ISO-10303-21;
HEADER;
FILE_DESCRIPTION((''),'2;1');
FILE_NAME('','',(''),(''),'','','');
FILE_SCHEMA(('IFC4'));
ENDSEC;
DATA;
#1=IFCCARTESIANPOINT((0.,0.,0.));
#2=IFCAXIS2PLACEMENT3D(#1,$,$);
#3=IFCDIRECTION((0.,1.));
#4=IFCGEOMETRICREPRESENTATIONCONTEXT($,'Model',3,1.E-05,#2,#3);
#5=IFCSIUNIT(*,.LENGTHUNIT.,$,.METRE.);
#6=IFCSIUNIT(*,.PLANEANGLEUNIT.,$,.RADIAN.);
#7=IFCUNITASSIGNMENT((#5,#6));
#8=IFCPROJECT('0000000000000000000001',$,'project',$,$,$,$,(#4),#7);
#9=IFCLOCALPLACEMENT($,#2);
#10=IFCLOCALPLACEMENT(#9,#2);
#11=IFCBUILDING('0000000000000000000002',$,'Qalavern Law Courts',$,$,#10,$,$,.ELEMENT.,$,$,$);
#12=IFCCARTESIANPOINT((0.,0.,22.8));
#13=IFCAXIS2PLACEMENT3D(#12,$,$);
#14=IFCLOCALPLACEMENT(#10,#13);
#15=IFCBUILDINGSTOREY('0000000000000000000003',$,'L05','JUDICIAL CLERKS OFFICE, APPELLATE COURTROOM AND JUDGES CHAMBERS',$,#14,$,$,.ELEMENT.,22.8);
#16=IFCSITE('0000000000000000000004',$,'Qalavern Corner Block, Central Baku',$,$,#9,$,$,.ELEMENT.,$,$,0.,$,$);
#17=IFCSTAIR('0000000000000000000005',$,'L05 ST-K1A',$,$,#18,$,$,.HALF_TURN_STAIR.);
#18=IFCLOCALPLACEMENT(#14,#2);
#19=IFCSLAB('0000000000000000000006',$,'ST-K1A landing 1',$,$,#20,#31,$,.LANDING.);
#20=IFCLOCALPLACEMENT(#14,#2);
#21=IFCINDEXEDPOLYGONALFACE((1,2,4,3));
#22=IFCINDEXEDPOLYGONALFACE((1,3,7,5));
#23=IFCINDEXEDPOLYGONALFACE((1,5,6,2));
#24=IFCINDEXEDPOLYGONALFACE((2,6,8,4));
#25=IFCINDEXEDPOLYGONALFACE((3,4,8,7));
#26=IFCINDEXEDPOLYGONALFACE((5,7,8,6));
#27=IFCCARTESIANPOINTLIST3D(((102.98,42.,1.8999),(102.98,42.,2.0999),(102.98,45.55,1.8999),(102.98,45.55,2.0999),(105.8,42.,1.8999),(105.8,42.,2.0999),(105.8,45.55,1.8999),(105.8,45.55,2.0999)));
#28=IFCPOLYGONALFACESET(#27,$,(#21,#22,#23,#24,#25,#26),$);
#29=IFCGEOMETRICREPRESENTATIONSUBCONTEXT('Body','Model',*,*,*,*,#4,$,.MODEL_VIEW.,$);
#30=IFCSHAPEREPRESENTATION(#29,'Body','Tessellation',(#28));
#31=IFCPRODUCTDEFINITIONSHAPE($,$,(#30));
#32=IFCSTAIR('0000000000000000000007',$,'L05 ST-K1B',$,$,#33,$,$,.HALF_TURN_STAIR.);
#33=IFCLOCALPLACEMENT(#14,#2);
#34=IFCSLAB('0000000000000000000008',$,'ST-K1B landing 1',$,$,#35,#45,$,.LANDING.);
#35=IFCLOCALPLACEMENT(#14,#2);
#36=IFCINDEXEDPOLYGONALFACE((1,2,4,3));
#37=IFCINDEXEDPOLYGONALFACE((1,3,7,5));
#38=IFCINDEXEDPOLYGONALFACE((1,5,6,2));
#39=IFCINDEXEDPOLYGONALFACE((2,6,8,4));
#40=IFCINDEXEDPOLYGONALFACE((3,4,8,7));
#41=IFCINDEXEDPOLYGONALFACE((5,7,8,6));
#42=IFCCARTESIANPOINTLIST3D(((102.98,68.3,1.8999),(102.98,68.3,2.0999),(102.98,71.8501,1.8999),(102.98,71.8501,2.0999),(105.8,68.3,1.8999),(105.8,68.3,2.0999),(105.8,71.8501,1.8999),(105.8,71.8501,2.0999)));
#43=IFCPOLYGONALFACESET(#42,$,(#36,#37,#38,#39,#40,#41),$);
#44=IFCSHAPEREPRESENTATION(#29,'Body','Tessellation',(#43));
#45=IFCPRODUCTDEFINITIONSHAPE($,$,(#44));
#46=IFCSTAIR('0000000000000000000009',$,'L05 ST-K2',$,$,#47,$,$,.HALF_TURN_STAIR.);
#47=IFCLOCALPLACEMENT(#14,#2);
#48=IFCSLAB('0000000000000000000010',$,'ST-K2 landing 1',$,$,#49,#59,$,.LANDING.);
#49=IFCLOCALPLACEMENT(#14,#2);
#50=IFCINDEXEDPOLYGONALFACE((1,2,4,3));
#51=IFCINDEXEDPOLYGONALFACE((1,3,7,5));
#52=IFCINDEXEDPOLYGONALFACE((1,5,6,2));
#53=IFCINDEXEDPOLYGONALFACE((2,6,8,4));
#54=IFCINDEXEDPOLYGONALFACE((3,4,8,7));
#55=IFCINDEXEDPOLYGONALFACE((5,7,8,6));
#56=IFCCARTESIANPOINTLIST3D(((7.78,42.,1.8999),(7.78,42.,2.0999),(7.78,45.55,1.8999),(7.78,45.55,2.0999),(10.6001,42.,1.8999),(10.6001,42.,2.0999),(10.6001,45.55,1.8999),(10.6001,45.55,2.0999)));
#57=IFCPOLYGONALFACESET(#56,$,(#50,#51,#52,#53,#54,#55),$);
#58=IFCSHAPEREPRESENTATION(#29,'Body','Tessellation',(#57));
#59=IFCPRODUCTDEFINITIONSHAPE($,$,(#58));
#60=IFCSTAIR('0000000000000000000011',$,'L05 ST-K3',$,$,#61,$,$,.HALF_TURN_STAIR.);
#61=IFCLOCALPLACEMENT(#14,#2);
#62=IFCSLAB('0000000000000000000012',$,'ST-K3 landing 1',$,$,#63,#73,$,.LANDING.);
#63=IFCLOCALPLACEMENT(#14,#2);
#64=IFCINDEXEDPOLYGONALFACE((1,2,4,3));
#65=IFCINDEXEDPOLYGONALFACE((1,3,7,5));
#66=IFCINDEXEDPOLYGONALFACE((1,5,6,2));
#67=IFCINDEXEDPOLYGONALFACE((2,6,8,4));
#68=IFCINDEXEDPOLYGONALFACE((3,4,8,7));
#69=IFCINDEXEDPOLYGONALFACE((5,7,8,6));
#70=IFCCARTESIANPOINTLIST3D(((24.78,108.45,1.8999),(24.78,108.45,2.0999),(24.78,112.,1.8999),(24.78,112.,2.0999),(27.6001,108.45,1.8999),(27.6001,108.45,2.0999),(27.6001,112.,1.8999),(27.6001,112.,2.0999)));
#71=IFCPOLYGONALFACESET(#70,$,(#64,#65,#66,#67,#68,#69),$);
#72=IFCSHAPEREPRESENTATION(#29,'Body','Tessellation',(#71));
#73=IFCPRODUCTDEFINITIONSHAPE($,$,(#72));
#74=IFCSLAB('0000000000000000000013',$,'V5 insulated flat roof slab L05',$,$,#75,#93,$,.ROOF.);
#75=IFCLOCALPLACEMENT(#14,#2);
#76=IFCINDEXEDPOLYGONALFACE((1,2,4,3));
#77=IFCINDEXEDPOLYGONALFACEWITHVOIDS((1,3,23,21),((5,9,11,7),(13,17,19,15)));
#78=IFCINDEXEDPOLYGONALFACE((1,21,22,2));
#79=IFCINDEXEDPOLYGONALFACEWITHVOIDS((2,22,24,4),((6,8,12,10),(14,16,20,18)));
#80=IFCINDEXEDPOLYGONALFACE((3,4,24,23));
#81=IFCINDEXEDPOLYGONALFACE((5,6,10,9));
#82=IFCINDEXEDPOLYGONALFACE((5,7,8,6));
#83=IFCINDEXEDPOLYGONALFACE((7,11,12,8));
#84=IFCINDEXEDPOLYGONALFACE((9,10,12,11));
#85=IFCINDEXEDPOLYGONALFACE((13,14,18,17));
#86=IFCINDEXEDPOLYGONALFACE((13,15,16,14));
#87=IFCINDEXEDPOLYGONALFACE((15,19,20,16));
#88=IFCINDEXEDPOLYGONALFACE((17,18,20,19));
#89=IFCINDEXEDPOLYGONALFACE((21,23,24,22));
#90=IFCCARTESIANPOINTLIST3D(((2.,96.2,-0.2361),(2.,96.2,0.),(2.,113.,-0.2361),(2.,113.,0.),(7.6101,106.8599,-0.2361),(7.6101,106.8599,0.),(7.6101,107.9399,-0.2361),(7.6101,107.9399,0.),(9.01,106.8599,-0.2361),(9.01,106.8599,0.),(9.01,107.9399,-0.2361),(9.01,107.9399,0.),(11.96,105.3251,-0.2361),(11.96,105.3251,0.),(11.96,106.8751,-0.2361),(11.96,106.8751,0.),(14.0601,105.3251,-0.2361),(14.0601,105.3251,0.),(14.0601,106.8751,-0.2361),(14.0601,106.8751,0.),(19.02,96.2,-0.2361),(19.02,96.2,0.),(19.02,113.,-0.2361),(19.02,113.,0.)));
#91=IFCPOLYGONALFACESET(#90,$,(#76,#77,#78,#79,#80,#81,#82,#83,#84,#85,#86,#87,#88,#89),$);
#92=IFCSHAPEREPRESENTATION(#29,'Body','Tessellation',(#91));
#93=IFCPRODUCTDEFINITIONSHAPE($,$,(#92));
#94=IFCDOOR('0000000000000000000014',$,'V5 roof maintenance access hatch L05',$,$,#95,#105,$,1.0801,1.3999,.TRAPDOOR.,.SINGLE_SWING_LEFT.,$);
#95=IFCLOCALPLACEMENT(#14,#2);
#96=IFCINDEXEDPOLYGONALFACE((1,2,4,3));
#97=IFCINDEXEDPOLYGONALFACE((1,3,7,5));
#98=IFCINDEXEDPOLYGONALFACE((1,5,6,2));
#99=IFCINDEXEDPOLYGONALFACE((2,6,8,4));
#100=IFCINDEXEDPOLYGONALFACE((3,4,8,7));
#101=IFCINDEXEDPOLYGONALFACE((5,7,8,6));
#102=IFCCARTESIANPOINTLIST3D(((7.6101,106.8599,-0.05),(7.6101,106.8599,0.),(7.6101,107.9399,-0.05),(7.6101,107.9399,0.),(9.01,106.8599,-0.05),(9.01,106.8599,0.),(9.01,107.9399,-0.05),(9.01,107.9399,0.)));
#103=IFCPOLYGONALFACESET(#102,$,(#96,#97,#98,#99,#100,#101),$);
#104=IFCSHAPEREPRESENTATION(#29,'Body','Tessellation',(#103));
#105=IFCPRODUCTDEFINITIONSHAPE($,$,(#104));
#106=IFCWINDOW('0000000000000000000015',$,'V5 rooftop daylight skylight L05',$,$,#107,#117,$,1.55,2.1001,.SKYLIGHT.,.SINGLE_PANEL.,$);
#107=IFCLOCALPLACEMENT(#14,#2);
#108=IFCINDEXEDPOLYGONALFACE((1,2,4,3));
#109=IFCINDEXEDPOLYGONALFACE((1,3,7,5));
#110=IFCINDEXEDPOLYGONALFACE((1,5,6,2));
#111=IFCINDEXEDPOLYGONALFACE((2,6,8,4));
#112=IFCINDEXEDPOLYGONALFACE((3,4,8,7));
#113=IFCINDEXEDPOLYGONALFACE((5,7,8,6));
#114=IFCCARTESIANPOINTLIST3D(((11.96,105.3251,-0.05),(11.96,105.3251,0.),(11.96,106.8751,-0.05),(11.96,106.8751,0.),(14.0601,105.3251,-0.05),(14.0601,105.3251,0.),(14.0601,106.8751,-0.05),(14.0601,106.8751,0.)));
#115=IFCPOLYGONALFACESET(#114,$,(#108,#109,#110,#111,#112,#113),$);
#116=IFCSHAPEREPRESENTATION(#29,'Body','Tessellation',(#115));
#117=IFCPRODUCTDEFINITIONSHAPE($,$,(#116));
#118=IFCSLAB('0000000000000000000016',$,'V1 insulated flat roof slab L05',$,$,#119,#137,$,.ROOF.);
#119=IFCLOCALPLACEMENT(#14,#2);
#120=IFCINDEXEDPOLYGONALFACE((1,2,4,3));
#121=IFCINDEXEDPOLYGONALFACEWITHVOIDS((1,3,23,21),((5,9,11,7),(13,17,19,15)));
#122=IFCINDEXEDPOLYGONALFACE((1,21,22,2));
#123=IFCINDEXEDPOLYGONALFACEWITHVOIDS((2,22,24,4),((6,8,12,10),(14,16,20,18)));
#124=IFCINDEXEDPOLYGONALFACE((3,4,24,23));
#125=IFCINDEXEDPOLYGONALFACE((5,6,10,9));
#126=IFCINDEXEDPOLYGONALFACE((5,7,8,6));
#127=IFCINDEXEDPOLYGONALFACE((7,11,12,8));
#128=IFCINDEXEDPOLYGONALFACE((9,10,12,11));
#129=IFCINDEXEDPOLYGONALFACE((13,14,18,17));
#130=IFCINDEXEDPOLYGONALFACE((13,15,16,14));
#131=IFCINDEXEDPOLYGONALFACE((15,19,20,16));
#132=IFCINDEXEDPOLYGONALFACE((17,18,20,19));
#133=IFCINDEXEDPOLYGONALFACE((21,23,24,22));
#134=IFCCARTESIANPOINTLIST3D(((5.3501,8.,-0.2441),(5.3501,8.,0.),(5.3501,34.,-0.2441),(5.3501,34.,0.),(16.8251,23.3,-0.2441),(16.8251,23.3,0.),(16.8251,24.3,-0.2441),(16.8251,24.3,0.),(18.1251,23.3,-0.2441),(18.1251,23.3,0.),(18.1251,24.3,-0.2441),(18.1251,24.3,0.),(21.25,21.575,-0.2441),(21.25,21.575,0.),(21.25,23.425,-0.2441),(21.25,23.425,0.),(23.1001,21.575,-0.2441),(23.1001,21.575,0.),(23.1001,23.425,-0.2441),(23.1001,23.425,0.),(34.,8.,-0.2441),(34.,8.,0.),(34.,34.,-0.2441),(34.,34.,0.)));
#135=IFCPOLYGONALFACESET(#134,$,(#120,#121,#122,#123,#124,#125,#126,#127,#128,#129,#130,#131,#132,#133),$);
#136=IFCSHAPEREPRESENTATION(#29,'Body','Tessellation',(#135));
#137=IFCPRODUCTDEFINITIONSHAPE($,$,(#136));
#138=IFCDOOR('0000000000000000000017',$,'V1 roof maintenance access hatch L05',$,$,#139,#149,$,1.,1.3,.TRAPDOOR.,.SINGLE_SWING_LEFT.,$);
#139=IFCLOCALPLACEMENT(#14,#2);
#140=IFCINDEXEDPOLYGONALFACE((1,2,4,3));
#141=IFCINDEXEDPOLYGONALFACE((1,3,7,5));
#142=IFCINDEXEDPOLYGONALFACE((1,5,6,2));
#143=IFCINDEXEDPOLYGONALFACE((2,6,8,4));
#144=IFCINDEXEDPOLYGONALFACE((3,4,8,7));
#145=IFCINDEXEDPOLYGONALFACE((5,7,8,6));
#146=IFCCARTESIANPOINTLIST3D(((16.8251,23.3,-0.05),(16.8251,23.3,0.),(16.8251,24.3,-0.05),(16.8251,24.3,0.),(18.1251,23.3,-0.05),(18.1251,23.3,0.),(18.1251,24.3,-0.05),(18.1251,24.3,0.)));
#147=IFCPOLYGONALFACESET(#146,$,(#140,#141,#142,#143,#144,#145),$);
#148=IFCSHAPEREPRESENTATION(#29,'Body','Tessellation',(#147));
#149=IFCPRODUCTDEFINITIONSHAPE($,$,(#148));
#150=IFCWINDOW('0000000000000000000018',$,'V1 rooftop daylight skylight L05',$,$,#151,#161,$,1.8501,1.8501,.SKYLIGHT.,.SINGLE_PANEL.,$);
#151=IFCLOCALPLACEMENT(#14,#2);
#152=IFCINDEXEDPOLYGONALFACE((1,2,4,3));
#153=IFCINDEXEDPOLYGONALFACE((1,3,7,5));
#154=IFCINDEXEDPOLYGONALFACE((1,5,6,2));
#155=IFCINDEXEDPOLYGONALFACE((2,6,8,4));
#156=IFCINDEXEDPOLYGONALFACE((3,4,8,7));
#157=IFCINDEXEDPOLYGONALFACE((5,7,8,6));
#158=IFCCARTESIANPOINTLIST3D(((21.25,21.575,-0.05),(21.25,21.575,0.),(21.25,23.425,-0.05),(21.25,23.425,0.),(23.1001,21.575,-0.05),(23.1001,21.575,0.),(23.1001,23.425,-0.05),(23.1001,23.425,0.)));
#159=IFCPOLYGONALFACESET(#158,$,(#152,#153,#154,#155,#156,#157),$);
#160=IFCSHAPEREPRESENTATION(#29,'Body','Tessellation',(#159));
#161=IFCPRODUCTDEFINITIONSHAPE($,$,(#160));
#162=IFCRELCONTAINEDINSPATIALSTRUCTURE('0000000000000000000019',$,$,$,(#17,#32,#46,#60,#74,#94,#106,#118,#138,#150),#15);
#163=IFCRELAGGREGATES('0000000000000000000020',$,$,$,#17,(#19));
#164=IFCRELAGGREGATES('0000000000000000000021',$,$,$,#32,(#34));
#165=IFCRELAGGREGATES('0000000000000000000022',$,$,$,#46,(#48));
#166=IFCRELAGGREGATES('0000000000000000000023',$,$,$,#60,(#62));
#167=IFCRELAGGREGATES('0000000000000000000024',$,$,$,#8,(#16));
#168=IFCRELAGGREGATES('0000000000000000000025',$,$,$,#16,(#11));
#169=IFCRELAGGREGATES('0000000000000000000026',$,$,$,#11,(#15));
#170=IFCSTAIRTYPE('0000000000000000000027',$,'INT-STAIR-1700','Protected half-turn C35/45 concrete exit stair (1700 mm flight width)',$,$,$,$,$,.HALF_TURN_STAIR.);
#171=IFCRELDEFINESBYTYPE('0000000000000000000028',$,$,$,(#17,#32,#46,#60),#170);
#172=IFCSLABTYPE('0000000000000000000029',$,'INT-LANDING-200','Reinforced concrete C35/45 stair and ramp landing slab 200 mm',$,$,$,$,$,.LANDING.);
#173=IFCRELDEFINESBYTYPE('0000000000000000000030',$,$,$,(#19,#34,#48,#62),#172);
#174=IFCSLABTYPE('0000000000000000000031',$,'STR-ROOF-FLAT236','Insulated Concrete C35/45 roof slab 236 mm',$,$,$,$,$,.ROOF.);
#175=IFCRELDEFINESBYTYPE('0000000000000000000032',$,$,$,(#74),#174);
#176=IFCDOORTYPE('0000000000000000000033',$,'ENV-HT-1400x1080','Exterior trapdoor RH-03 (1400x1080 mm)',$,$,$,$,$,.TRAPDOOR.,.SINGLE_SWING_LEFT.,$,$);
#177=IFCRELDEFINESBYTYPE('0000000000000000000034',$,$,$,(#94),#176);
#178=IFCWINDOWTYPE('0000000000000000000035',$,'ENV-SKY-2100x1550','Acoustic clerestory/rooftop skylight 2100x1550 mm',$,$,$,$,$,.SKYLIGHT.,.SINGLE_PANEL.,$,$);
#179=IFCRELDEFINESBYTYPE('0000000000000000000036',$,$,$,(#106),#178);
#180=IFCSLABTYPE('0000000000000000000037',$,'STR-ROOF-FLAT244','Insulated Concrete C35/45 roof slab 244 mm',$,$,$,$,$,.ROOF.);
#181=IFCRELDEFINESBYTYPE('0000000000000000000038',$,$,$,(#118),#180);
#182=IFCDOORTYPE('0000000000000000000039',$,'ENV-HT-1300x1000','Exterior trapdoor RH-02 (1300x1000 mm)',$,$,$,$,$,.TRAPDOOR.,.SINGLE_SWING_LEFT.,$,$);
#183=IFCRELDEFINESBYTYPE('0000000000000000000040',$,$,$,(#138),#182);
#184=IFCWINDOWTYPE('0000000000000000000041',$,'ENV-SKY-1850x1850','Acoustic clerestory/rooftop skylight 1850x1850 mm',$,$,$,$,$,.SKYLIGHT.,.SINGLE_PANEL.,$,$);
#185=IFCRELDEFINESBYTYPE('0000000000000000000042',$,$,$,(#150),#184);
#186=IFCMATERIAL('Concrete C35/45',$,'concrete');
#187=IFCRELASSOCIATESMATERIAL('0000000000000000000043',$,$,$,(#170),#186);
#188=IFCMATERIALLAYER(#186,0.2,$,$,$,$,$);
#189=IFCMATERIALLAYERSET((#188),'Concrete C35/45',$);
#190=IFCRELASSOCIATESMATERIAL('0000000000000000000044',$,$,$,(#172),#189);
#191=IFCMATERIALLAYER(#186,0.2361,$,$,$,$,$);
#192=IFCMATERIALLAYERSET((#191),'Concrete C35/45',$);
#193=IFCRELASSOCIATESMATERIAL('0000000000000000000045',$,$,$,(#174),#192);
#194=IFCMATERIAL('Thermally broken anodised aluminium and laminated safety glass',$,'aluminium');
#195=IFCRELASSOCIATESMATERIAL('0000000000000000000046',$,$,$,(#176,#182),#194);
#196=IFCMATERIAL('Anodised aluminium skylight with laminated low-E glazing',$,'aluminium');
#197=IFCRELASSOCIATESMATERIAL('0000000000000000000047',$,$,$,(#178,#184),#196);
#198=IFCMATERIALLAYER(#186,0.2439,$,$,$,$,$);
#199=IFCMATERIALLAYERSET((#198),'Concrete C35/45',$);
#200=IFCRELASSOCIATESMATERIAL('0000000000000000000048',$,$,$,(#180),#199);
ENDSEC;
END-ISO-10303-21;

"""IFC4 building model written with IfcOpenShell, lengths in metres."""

from ifc_helpers import new_model, si_unit, direction, frame, origin, origin_2d, place, context, subcontext, project, spatial, polyline, rectangle, outline, extrude, material, layer, layer_set, type_object, element, fill, aggregate, save


model = new_model("IFC4")

# Units and contexts
model_context = context("Model", 3, precision=1e-05, world=origin(), true_north=direction((0.0, 1.0)))
body_context = subcontext(model_context, "Body", "Model", "MODEL_VIEW")
ifc_project = project(units=[si_unit("LENGTHUNIT", "METRE"), si_unit("PLANEANGLEUNIT", "RADIAN")], contexts=[model_context])

# Site, building, storey
site_placement = place(None, origin())
site = spatial("IfcSite", under=ifc_project, at=site_placement, Name="Qalavern Corner Block, Central Baku", CompositionType="ELEMENT", RefElevation=0.0)
building_placement = place(site_placement, origin())
building = spatial("IfcBuilding", under=site, at=building_placement, Name="Qalavern Law Courts", CompositionType="ELEMENT")
storey_placement = place(building_placement, frame((0.0, 0.0, 22.8)))
storey = spatial("IfcBuildingStorey", under=building, at=storey_placement, Name="L05", Description="JUDICIAL CLERKS OFFICE, APPELLATE COURTROOM AND JUDGES CHAMBERS", CompositionType="ELEMENT", Elevation=22.8)

# Stairs, slabs
ifc_material_1 = material(Name="Concrete C35/45", Category="concrete")
stair_type = type_object("IfcStairType", Name="INT-STAIR-1700", Description="Protected half-turn C35/45 concrete exit stair (1700 mm flight width)", PredefinedType="HALF_TURN_STAIR", material=ifc_material_1)
stair_1_placement = place(storey_placement, origin())
stair_1 = element("IfcStair", 1, at=stair_1_placement, inside=storey, type_object=stair_type, Name="L05 ST-K1A", PredefinedType="HALF_TURN_STAIR")
ifc_layer_1 = layer(ifc_material_1, 0.2)
ifc_layer_set_1 = layer_set([ifc_layer_1], Name="Concrete C35/45")
slab_type_1 = type_object("IfcSlabType", Name="INT-LANDING-200", Description="Reinforced concrete C35/45 stair and ramp landing slab 200 mm", PredefinedType="LANDING", material=ifc_layer_set_1)
slab_1_placement = place(storey_placement, frame((0.0, 0.0, 1.8999)))
slab_1 = element("IfcSlab", 2, at=slab_1_placement, type_object=slab_type_1, Name="ST-K1A landing 1", PredefinedType="LANDING", context=body_context, shape_type="SweptSolid", body=[
    extrude(outline(polyline([(102.98, 42.0), (105.8, 42.0), (105.8, 45.55), (102.98, 45.55), (102.98, 42.0)])), origin(), (0.0, 0.0, 1.0), 0.2),
])
aggregate(stair_1, [slab_1])
stair_2_placement = place(storey_placement, origin())
stair_2 = element("IfcStair", 3, at=stair_2_placement, inside=storey, type_object=stair_type, Name="L05 ST-K1B", PredefinedType="HALF_TURN_STAIR")
slab_2_placement = place(storey_placement, frame((0.0, 0.0, 1.8999)))
slab_2 = element("IfcSlab", 4, at=slab_2_placement, type_object=slab_type_1, Name="ST-K1B landing 1", PredefinedType="LANDING", context=body_context, shape_type="SweptSolid", body=[
    extrude(outline(polyline([(102.98, 68.3), (105.8, 68.3), (105.8, 71.8501), (102.98, 71.8501), (102.98, 68.3)])), origin(), (0.0, 0.0, 1.0), 0.2),
])
aggregate(stair_2, [slab_2])
stair_3_placement = place(storey_placement, origin())
stair_3 = element("IfcStair", 5, at=stair_3_placement, inside=storey, type_object=stair_type, Name="L05 ST-K2", PredefinedType="HALF_TURN_STAIR")
slab_3_placement = place(storey_placement, frame((0.0, 0.0, 1.8999)))
slab_3 = element("IfcSlab", 6, at=slab_3_placement, type_object=slab_type_1, Name="ST-K2 landing 1", PredefinedType="LANDING", context=body_context, shape_type="SweptSolid", body=[
    extrude(outline(polyline([(7.78, 42.0), (10.6001, 42.0), (10.6001, 45.55), (7.78, 45.55), (7.78, 42.0)])), origin(), (0.0, 0.0, 1.0), 0.2),
])
aggregate(stair_3, [slab_3])
stair_4_placement = place(storey_placement, origin())
stair_4 = element("IfcStair", 7, at=stair_4_placement, inside=storey, type_object=stair_type, Name="L05 ST-K3", PredefinedType="HALF_TURN_STAIR")
slab_4_placement = place(storey_placement, frame((0.0, 0.0, 1.8999)))
slab_4 = element("IfcSlab", 8, at=slab_4_placement, type_object=slab_type_1, Name="ST-K3 landing 1", PredefinedType="LANDING", context=body_context, shape_type="SweptSolid", body=[
    extrude(outline(polyline([(24.78, 108.45), (27.6001, 108.45), (27.6001, 112.0), (24.78, 112.0), (24.78, 108.45)])), origin(), (0.0, 0.0, 1.0), 0.2),
])
aggregate(stair_4, [slab_4])

# Slabs, openings, doors, windows
ifc_layer_2 = layer(ifc_material_1, 0.2361)
ifc_layer_set_2 = layer_set([ifc_layer_2], Name="Concrete C35/45")
slab_type_2 = type_object("IfcSlabType", Name="STR-ROOF-FLAT236", Description="Insulated Concrete C35/45 roof slab 236 mm", PredefinedType="ROOF", material=ifc_layer_set_2)
slab_5_placement = place(storey_placement, frame((0.0, 0.0, -0.2361)))
slab_5 = element("IfcSlab", 9, at=slab_5_placement, inside=storey, type_object=slab_type_2, Name="V5 insulated flat roof slab L05", PredefinedType="ROOF", context=body_context, shape_type="SweptSolid", body=[
    extrude(outline(polyline([(2.0, 96.2), (19.02, 96.2), (19.02, 113.0), (2.0, 113.0), (2.0, 96.2)])), origin(), (0.0, 0.0, 1.0), 0.2361),
])
opening_1_placement = place(slab_5_placement, frame((8.3101, 107.3999, 0.0)))
opening_1 = element("IfcOpeningElement", 10, at=opening_1_placement, cuts=slab_5, PredefinedType="OPENING", context=body_context, shape_type="SweptSolid", body=[
    extrude(rectangle(XDim=1.3999, YDim=1.0801, at=origin_2d()), frame((0.0, 0.0, -0.0149)), (0.0, 0.0, 1.0), 0.2659),
])
opening_2_placement = place(slab_5_placement, frame((13.01, 106.1001, 0.0)))
opening_2 = element("IfcOpeningElement", 11, at=opening_2_placement, cuts=slab_5, PredefinedType="OPENING", context=body_context, shape_type="SweptSolid", body=[
    extrude(rectangle(XDim=2.1001, YDim=1.55, at=origin_2d()), frame((0.0, 0.0, -0.0149)), (0.0, 0.0, 1.0), 0.2659),
])
ifc_material_2 = material(Name="Thermally broken anodised aluminium and laminated safety glass", Category="aluminium")
door_type_1 = type_object("IfcDoorType", Name="ENV-HT-1400x1080", Description="Exterior trapdoor RH-03 (1400x1080 mm)", OperationType="SINGLE_SWING_LEFT", PredefinedType="TRAPDOOR", material=ifc_material_2)
door_1_placement = place(opening_1_placement, frame((0.0, 0.0, 0.186)))
door_1 = element("IfcDoor", 12, at=door_1_placement, inside=storey, type_object=door_type_1, Name="V5 roof maintenance access hatch L05", OperationType="SINGLE_SWING_LEFT", OverallHeight=1.0801, OverallWidth=1.3999, PredefinedType="TRAPDOOR", context=body_context, shape_type="SweptSolid", body=[
    extrude(rectangle(XDim=1.3999, YDim=1.0801, at=origin_2d()), origin(), (0.0, 0.0, 1.0), 0.05),
])
fill(opening_1, door_1)
ifc_material_3 = material(Name="Anodised aluminium skylight with laminated low-E glazing", Category="aluminium")
window_type_1 = type_object("IfcWindowType", Name="ENV-SKY-2100x1550", Description="Acoustic clerestory/rooftop skylight 2100x1550 mm", PartitioningType="SINGLE_PANEL", PredefinedType="SKYLIGHT", material=ifc_material_3)
window_1_placement = place(opening_2_placement, frame((0.0, 0.0, 0.186)))
window_1 = element("IfcWindow", 13, at=window_1_placement, inside=storey, type_object=window_type_1, Name="V5 rooftop daylight skylight L05", OverallHeight=1.55, OverallWidth=2.1001, PartitioningType="SINGLE_PANEL", PredefinedType="SKYLIGHT", context=body_context, shape_type="SweptSolid", body=[
    extrude(rectangle(XDim=2.1001, YDim=1.55, at=origin_2d()), origin(), (0.0, 0.0, 1.0), 0.05),
])
fill(opening_2, window_1)
ifc_layer_3 = layer(ifc_material_1, 0.2439)
ifc_layer_set_3 = layer_set([ifc_layer_3], Name="Concrete C35/45")
slab_type_3 = type_object("IfcSlabType", Name="STR-ROOF-FLAT244", Description="Insulated Concrete C35/45 roof slab 244 mm", PredefinedType="ROOF", material=ifc_layer_set_3)
slab_6_placement = place(storey_placement, frame((0.0, 0.0, -0.2441)))
slab_6 = element("IfcSlab", 14, at=slab_6_placement, inside=storey, type_object=slab_type_3, Name="V1 insulated flat roof slab L05", PredefinedType="ROOF", context=body_context, shape_type="SweptSolid", body=[
    extrude(outline(polyline([(5.3501, 8.0), (34.0, 8.0), (34.0, 34.0), (5.3501, 34.0), (5.3501, 8.0)])), origin(), (0.0, 0.0, 1.0), 0.2441),
])
opening_3_placement = place(slab_6_placement, frame((17.4751, 23.8, 0.0)))
opening_3 = element("IfcOpeningElement", 15, at=opening_3_placement, cuts=slab_6, PredefinedType="OPENING", context=body_context, shape_type="SweptSolid", body=[
    extrude(rectangle(XDim=1.3, YDim=1.0, at=origin_2d()), frame((0.0, 0.0, -0.0149)), (0.0, 0.0, 1.0), 0.2739),
])
opening_4_placement = place(slab_6_placement, frame((22.175, 22.5, 0.0)))
opening_4 = element("IfcOpeningElement", 16, at=opening_4_placement, cuts=slab_6, PredefinedType="OPENING", context=body_context, shape_type="SweptSolid", body=[
    extrude(rectangle(XDim=1.8501, YDim=1.8501, at=origin_2d()), frame((0.0, 0.0, -0.0149)), (0.0, 0.0, 1.0), 0.2739),
])
door_type_2 = type_object("IfcDoorType", Name="ENV-HT-1300x1000", Description="Exterior trapdoor RH-02 (1300x1000 mm)", OperationType="SINGLE_SWING_LEFT", PredefinedType="TRAPDOOR", material=ifc_material_2)
door_2_placement = place(opening_3_placement, frame((0.0, 0.0, 0.1941)))
door_2 = element("IfcDoor", 17, at=door_2_placement, inside=storey, type_object=door_type_2, Name="V1 roof maintenance access hatch L05", OperationType="SINGLE_SWING_LEFT", OverallHeight=1.0, OverallWidth=1.3, PredefinedType="TRAPDOOR", context=body_context, shape_type="SweptSolid", body=[
    extrude(rectangle(XDim=1.3, YDim=1.0, at=origin_2d()), origin(), (0.0, 0.0, 1.0), 0.05),
])
fill(opening_3, door_2)
window_type_2 = type_object("IfcWindowType", Name="ENV-SKY-1850x1850", Description="Acoustic clerestory/rooftop skylight 1850x1850 mm", PartitioningType="SINGLE_PANEL", PredefinedType="SKYLIGHT", material=ifc_material_3)
window_2_placement = place(opening_4_placement, frame((0.0, 0.0, 0.1941)))
window_2 = element("IfcWindow", 18, at=window_2_placement, inside=storey, type_object=window_type_2, Name="V1 rooftop daylight skylight L05", OverallHeight=1.8501, OverallWidth=1.8501, PartitioningType="SINGLE_PANEL", PredefinedType="SKYLIGHT", context=body_context, shape_type="SweptSolid", body=[
    extrude(rectangle(XDim=1.8501, YDim=1.8501, at=origin_2d()), origin(), (0.0, 0.0, 1.0), 0.05),
])
fill(opening_4, window_2)

save(model, "model.ifc")
